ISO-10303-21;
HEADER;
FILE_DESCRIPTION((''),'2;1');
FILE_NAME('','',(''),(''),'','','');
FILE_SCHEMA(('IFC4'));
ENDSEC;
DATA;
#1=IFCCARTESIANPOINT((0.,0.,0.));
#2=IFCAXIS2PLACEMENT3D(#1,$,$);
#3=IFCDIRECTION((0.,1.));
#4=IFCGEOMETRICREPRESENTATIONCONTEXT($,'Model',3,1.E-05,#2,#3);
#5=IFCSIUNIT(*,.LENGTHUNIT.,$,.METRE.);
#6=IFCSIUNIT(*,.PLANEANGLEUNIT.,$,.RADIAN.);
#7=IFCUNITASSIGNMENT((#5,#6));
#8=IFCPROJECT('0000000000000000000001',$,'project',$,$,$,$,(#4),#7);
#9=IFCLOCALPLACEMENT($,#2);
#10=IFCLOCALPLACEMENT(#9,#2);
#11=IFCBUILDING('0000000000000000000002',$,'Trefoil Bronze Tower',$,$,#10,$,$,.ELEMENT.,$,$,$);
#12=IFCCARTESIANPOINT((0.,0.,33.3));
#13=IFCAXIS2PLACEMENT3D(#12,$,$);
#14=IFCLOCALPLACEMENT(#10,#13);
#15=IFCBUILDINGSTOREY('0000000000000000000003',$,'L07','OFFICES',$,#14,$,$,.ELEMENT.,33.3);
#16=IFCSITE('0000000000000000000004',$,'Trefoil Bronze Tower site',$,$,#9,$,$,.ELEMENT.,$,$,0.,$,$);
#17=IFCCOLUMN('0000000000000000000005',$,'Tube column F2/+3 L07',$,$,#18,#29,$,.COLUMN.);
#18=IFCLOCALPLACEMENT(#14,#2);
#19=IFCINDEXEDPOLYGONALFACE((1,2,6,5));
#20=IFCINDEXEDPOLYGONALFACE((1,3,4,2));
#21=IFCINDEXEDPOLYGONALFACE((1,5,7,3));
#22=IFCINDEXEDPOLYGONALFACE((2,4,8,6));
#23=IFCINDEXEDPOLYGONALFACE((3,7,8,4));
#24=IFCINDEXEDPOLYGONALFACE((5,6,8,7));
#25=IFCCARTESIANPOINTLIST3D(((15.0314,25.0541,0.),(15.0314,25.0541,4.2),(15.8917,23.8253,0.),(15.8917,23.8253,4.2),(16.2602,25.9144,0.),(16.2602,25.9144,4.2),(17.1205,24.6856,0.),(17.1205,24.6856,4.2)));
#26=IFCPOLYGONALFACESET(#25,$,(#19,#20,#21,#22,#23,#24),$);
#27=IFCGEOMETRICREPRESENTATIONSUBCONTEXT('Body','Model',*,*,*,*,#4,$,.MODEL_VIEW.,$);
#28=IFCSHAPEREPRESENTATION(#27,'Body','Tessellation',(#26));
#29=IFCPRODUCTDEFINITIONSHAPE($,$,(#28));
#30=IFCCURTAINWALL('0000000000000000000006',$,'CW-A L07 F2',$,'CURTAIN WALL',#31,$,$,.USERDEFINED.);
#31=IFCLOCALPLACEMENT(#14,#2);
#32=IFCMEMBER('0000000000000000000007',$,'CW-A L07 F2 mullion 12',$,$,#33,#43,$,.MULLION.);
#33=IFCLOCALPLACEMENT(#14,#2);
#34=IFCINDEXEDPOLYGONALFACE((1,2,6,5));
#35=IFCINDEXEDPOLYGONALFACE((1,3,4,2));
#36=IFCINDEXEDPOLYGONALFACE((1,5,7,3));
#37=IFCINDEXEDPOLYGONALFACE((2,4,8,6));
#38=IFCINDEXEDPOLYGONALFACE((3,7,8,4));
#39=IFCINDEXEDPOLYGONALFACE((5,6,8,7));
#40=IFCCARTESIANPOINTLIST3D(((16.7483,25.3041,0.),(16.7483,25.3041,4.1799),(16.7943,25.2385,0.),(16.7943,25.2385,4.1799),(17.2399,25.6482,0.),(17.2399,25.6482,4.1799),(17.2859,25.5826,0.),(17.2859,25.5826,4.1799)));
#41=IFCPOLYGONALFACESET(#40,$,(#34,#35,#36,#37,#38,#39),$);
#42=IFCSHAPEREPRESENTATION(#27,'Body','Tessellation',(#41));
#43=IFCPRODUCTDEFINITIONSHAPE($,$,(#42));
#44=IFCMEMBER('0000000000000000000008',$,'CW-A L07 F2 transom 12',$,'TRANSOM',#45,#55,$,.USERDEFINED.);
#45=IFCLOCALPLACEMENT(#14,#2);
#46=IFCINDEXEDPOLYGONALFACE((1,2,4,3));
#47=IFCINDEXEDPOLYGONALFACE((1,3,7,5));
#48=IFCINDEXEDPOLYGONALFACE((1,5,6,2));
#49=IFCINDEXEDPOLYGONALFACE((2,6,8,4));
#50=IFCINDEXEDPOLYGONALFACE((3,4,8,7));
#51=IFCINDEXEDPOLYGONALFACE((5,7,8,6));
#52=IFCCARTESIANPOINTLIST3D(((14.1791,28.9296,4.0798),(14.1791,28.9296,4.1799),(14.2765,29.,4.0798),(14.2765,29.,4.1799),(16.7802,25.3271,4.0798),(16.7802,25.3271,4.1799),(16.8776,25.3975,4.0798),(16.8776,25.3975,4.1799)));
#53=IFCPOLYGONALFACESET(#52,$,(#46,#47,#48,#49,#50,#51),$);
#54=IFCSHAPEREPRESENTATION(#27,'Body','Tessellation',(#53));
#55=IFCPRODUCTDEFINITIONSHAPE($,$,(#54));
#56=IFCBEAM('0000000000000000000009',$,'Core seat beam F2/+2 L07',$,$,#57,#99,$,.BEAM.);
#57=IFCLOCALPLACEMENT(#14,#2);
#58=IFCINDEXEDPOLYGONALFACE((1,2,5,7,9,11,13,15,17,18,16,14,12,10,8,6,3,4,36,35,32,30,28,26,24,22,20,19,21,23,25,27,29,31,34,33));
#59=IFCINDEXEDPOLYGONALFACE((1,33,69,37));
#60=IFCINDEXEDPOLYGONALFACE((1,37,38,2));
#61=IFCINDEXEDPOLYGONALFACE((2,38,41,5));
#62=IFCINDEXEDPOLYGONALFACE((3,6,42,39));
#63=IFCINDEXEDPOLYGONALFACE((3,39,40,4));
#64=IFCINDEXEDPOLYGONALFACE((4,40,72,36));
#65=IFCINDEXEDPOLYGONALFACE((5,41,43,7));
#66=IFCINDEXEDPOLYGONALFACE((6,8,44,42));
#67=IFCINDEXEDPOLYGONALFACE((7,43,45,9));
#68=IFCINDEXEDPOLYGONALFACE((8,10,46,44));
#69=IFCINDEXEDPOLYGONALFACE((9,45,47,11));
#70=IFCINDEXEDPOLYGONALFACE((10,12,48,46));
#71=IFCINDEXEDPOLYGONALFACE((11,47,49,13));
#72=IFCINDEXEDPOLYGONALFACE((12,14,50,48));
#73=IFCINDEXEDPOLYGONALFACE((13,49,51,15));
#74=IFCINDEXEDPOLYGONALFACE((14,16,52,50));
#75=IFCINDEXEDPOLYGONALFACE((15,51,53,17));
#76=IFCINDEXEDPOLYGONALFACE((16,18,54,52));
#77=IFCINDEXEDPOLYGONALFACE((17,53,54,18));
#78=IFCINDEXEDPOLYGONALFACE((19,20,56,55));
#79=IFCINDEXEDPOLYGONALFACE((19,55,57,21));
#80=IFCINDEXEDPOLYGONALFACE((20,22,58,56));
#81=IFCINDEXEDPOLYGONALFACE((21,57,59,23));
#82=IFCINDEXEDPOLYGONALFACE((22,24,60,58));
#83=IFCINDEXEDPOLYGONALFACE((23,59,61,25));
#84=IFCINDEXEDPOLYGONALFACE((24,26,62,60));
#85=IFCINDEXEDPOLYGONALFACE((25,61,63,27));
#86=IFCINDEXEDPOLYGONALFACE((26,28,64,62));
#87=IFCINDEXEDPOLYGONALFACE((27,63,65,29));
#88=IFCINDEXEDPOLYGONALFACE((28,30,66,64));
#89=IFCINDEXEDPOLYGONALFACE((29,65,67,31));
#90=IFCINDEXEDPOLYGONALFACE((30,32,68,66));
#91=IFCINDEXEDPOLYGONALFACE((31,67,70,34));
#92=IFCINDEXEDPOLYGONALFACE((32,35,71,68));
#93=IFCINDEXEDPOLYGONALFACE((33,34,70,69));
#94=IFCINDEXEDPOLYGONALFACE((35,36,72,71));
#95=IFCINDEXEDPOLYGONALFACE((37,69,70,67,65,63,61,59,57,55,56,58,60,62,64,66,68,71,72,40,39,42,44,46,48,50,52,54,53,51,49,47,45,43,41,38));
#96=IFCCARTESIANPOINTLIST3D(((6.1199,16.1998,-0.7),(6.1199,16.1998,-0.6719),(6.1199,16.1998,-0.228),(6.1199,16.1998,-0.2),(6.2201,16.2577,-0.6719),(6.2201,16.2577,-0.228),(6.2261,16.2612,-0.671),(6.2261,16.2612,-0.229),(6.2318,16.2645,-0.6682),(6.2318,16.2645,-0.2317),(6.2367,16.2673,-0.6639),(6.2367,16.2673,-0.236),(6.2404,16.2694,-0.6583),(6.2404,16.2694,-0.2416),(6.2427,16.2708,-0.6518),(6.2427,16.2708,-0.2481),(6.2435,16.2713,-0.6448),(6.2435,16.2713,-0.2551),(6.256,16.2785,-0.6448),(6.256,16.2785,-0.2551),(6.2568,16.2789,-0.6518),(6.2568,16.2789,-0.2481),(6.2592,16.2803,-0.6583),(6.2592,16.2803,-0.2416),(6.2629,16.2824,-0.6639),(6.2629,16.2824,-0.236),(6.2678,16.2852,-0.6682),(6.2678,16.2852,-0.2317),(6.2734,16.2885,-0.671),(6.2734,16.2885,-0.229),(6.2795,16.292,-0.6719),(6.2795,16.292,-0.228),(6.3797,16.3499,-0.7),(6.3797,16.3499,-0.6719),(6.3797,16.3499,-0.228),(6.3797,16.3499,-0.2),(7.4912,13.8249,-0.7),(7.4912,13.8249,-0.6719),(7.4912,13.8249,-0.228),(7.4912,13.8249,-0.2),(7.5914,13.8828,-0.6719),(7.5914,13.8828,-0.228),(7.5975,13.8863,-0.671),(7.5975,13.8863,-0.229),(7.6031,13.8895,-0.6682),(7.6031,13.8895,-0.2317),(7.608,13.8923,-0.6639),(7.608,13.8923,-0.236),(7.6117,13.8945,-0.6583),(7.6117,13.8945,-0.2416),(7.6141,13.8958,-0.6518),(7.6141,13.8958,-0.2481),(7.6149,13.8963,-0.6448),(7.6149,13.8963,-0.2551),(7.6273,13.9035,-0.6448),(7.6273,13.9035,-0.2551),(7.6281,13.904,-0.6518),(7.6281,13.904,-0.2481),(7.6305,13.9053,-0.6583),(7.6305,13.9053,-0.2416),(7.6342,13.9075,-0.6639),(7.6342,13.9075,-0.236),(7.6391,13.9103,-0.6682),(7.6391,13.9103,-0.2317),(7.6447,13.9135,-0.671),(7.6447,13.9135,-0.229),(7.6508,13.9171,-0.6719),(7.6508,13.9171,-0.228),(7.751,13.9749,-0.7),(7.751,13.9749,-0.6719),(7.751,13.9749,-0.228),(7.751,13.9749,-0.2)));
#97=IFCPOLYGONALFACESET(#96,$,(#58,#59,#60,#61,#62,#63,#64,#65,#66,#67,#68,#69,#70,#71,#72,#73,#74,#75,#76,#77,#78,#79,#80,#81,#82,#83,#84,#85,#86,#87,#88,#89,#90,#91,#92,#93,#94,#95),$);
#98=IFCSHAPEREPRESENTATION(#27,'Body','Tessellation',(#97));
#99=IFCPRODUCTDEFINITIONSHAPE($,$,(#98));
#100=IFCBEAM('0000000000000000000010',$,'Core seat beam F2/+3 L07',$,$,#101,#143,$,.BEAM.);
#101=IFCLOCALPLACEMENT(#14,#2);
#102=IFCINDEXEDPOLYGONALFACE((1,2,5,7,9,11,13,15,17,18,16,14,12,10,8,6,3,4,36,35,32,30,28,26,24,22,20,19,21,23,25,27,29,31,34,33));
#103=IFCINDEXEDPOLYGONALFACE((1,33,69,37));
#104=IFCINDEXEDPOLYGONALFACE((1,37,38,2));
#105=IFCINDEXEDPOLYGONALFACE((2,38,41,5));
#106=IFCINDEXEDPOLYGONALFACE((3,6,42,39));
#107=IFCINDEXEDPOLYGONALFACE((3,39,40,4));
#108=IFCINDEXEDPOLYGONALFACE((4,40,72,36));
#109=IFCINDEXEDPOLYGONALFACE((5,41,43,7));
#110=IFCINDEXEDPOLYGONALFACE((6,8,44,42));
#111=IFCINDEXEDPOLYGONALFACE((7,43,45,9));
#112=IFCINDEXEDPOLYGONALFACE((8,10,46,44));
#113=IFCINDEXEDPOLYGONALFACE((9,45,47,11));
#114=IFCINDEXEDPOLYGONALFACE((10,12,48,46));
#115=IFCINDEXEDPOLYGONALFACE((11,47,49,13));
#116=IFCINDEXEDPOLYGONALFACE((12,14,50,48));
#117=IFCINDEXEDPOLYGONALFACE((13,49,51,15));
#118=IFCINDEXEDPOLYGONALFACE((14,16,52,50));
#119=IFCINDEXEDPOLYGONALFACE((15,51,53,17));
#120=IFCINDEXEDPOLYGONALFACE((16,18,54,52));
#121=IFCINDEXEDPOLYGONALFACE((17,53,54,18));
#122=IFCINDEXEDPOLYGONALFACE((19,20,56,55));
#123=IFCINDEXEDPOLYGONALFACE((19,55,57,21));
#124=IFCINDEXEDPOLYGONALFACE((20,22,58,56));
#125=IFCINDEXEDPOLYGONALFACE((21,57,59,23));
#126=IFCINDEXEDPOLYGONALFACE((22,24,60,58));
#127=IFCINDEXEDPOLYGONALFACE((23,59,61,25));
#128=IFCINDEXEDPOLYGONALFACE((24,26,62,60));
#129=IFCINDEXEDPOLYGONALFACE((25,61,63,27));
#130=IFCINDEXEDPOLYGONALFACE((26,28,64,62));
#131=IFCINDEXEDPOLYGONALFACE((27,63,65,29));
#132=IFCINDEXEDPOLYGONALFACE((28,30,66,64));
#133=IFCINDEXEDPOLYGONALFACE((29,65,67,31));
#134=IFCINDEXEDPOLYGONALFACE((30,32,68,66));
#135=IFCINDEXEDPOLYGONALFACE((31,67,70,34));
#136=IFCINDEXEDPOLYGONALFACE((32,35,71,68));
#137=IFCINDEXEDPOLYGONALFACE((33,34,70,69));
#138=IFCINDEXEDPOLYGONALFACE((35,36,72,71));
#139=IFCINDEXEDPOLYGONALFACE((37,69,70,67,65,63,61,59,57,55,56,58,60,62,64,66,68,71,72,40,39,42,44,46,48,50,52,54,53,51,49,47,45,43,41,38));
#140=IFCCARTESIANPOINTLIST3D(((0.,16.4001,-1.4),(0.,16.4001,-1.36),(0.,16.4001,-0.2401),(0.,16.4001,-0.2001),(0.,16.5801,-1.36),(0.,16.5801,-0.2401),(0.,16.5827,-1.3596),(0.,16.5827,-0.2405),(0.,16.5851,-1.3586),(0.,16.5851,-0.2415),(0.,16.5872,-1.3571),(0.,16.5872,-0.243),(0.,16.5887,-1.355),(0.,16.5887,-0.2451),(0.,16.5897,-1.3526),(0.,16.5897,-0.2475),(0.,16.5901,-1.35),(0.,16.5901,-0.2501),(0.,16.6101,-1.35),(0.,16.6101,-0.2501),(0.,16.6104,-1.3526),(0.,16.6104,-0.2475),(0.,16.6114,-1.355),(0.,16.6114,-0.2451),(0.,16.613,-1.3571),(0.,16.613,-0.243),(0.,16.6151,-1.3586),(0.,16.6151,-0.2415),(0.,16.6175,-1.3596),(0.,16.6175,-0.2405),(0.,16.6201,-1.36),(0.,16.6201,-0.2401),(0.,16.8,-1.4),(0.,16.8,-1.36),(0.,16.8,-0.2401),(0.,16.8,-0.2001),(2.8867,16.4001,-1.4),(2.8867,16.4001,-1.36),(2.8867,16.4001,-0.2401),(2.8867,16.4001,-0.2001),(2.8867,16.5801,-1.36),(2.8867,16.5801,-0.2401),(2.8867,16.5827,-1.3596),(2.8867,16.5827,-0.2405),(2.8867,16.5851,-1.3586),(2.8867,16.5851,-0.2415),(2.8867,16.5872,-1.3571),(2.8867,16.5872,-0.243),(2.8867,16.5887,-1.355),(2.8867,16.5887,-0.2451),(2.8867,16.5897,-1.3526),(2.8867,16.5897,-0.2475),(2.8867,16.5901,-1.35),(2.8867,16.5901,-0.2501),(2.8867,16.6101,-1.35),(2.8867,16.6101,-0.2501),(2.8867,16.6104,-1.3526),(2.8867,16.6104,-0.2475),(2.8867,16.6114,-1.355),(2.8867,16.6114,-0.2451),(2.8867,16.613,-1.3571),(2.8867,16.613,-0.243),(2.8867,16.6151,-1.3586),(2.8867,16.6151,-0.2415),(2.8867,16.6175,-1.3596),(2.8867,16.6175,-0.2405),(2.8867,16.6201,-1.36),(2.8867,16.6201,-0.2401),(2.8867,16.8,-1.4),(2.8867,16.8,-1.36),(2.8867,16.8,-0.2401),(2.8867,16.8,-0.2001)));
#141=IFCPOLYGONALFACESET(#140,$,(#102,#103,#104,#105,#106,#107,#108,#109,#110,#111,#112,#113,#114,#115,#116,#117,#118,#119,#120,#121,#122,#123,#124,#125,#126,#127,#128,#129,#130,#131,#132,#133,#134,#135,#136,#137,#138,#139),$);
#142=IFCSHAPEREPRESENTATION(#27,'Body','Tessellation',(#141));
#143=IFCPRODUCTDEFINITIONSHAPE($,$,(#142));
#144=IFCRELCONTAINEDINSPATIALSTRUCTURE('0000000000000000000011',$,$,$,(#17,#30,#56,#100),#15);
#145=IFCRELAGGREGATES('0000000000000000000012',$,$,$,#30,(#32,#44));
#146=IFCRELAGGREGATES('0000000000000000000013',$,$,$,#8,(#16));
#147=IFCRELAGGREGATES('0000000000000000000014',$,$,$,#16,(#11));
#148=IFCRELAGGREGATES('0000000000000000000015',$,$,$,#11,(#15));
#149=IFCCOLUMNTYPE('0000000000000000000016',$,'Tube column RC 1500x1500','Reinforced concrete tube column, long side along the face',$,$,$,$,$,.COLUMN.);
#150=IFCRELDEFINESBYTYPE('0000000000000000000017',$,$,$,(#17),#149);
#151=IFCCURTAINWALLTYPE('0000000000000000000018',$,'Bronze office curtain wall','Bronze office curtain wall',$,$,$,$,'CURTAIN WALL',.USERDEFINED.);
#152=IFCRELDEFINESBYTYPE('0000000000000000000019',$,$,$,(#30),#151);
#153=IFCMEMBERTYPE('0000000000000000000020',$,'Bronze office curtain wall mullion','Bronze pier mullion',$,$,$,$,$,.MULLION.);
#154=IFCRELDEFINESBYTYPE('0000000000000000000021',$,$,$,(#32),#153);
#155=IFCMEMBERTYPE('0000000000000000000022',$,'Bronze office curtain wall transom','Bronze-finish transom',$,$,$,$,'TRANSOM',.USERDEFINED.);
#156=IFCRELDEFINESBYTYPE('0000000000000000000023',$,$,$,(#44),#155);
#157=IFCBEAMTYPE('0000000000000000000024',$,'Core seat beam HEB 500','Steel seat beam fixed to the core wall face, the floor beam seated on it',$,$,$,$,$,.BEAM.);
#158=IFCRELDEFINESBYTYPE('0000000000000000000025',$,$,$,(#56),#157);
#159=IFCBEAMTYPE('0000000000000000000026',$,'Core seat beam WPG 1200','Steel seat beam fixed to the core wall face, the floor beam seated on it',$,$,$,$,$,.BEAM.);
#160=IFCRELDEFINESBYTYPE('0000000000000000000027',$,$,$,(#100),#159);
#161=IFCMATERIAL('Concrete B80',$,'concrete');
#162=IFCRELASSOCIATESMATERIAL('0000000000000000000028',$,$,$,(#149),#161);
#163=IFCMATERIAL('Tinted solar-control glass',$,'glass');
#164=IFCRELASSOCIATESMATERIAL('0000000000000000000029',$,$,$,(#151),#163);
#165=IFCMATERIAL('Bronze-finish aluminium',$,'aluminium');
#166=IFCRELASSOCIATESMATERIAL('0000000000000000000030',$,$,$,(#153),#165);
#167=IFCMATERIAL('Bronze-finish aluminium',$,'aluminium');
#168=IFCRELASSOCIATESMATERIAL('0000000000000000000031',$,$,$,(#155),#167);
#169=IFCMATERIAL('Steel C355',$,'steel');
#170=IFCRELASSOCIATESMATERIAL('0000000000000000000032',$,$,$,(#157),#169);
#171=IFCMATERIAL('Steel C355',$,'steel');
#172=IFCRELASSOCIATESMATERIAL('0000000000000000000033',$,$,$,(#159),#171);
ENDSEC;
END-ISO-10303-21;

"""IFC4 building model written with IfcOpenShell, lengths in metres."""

from ifc_helpers import new_model, si_unit, direction, frame, origin, origin_2d, place, context, subcontext, project, spatial, rectangle, i_section, extrude, material, material_profile, profile_set, type_object, element, aggregate, save


model = new_model("IFC4")

# Units and contexts
model_context = context("Model", 3, precision=1e-05, world=origin(), true_north=direction((0.0, 1.0)))
body_context = subcontext(model_context, "Body", "Model", "MODEL_VIEW")
ifc_project = project(units=[si_unit("LENGTHUNIT", "METRE"), si_unit("PLANEANGLEUNIT", "RADIAN")], contexts=[model_context])

# Site, building, storey
site_placement = place(None, origin())
site = spatial("IfcSite", under=ifc_project, at=site_placement, Name="Trefoil Bronze Tower site", CompositionType="ELEMENT", RefElevation=0.0)
building_placement = place(site_placement, origin())
building = spatial("IfcBuilding", under=site, at=building_placement, Name="Trefoil Bronze Tower", CompositionType="ELEMENT")
storey_placement = place(building_placement, frame((0.0, 0.0, 33.3)))
storey = spatial("IfcBuildingStorey", under=building, at=storey_placement, Name="L07", Description="OFFICES", CompositionType="ELEMENT", Elevation=33.3)

# Column
ifc_material_1 = material(Name="Concrete B80", Category="concrete")
ifc_material_profile_1 = material_profile(ifc_material_1, rectangle(XDim=1.5, YDim=1.5, at=origin_2d()), Name="RC 1500x1500")
ifc_profile_set_1 = profile_set([ifc_material_profile_1], Name="Concrete B80")
column_type = type_object("IfcColumnType", Name="Tube column RC 1500x1500", Description="Reinforced concrete tube column, long side along the face", PredefinedType="COLUMN", material=ifc_profile_set_1)
column_placement = place(storey_placement, frame((16.0759, 24.8699, 0.0), z_axis=(0.0, 0.0, 1.0), x_axis=(-0.573502, 0.819204, 0.0)))
element("IfcColumn", 1, at=column_placement, inside=storey, type_object=column_type, Name="Tube column F2/+3 L07", PredefinedType="COLUMN", context=body_context, shape_type="SweptSolid", body=[
    extrude(rectangle(XDim=1.5, YDim=1.5, at=origin_2d()), origin(), (0.0, 0.0, 1.0), 4.2),
])

# Curtain wall, members
ifc_material_2 = material(Name="Tinted solar-control glass", Category="glass")
curtain_wall_type = type_object("IfcCurtainWallType", Name="Bronze office curtain wall", Description="Bronze office curtain wall", ElementType="CURTAIN WALL", PredefinedType="USERDEFINED", material=ifc_material_2)
curtain_wall_placement = place(storey_placement, origin())
curtain_wall = element("IfcCurtainWall", 2, at=curtain_wall_placement, inside=storey, type_object=curtain_wall_type, Name="CW-A L07 F2", ObjectType="CURTAIN WALL", PredefinedType="USERDEFINED")
ifc_material_3 = material(Name="Bronze-finish aluminium", Category="aluminium")
ifc_material_profile_2 = material_profile(ifc_material_3, rectangle(XDim=0.6001, YDim=0.0801, at=origin_2d()), Name="CW-A mullion")
ifc_profile_set_2 = profile_set([ifc_material_profile_2], Name="Bronze-finish aluminium")
member_type_1 = type_object("IfcMemberType", Name="Bronze office curtain wall mullion", Description="Bronze pier mullion", PredefinedType="MULLION", material=ifc_profile_set_2)
member_1_placement = place(storey_placement, frame((17.0171, 25.4434, 0.0), z_axis=(0.0, 0.0, 1.0), x_axis=(-0.819204, -0.573502, 0.0)))
member_1 = element("IfcMember", 3, at=member_1_placement, type_object=member_type_1, Name="CW-A L07 F2 mullion 12", PredefinedType="MULLION", context=body_context, shape_type="SweptSolid", body=[
    extrude(rectangle(XDim=0.6001, YDim=0.0801, at=origin_2d()), origin(), (0.0, 0.0, 1.0), 4.1799),
])
ifc_material_4 = material(Name="Bronze-finish aluminium", Category="aluminium")
ifc_material_profile_3 = material_profile(ifc_material_4, rectangle(XDim=0.1201, YDim=0.1001, at=origin_2d()), Name="CW-A transom")
ifc_profile_set_3 = profile_set([ifc_material_profile_3], Name="Bronze-finish aluminium")
member_type_2 = type_object("IfcMemberType", Name="Bronze office curtain wall transom", Description="Bronze-finish transom", ElementType="TRANSOM", PredefinedType="USERDEFINED", material=ifc_profile_set_3)
member_2_placement = place(storey_placement, frame((16.8289, 25.3623, 4.1299), z_axis=(-0.585378, 0.81076, 0.0), x_axis=(-0.81076, -0.585378, 0.0)))
member_2 = element("IfcMember", 4, at=member_2_placement, type_object=member_type_2, Name="CW-A L07 F2 transom 12", ObjectType="TRANSOM", PredefinedType="USERDEFINED", context=body_context, shape_type="SweptSolid", body=[
    extrude(rectangle(XDim=0.1201, YDim=0.1001, at=origin_2d()), origin(), (0.0, 0.0, 1.0), 4.4434),
])

# Beams
ifc_material_5 = material(Name="Steel C355", Category="steel")
ifc_material_profile_4 = material_profile(ifc_material_5, i_section(OverallWidth=0.3, OverallDepth=0.5, WebThickness=0.0144, FlangeThickness=0.0281, FilletRadius=0.0271, at=origin_2d()), Name="HEB 500")
ifc_profile_set_4 = profile_set([ifc_material_profile_4], Name="Steel C355")
beam_type_1 = type_object("IfcBeamType", Name="Core seat beam HEB 500", Description="Steel seat beam fixed to the core wall face, the floor beam seated on it", PredefinedType="BEAM", material=ifc_profile_set_4)
beam_1_placement = place(storey_placement, frame((7.6211, 13.8999, -0.45), z_axis=(-0.500036, 0.866005, 0.0), x_axis=(-0.866005, -0.500036, 0.0)))
element("IfcBeam", 5, at=beam_1_placement, inside=storey, type_object=beam_type_1, Name="Core seat beam F2/+2 L07", PredefinedType="BEAM", context=body_context, shape_type="SweptSolid", body=[
    extrude(i_section(OverallWidth=0.3, OverallDepth=0.5, WebThickness=0.0144, FlangeThickness=0.0281, FilletRadius=0.0271, at=origin_2d()), origin(), (0.0, 0.0, 1.0), 2.7424),
])
ifc_material_6 = material(Name="Steel C355", Category="steel")
ifc_material_profile_5 = material_profile(ifc_material_6, i_section(OverallWidth=0.3999, OverallDepth=1.2, WebThickness=0.02, FlangeThickness=0.04, FilletRadius=0.01, at=origin_2d()), Name="WPG 1200")
ifc_profile_set_5 = profile_set([ifc_material_profile_5], Name="Steel C355")
beam_type_2 = type_object("IfcBeamType", Name="Core seat beam WPG 1200", Description="Steel seat beam fixed to the core wall face, the floor beam seated on it", PredefinedType="BEAM", material=ifc_profile_set_5)
beam_2_placement = place(storey_placement, frame((2.8867, 16.6001, -0.8), z_axis=(-1.0, 0.0, 0.0), x_axis=(0.0, -1.0, 0.0)))
element("IfcBeam", 6, at=beam_2_placement, inside=storey, type_object=beam_type_2, Name="Core seat beam F2/+3 L07", PredefinedType="BEAM", context=body_context, shape_type="SweptSolid", body=[
    extrude(i_section(OverallWidth=0.3999, OverallDepth=1.2, WebThickness=0.02, FlangeThickness=0.04, FilletRadius=0.01, at=origin_2d()), origin(), (0.0, 0.0, 1.0), 2.8867),
])

aggregate(curtain_wall, [member_1, member_2])

save(model, "model.ifc")
